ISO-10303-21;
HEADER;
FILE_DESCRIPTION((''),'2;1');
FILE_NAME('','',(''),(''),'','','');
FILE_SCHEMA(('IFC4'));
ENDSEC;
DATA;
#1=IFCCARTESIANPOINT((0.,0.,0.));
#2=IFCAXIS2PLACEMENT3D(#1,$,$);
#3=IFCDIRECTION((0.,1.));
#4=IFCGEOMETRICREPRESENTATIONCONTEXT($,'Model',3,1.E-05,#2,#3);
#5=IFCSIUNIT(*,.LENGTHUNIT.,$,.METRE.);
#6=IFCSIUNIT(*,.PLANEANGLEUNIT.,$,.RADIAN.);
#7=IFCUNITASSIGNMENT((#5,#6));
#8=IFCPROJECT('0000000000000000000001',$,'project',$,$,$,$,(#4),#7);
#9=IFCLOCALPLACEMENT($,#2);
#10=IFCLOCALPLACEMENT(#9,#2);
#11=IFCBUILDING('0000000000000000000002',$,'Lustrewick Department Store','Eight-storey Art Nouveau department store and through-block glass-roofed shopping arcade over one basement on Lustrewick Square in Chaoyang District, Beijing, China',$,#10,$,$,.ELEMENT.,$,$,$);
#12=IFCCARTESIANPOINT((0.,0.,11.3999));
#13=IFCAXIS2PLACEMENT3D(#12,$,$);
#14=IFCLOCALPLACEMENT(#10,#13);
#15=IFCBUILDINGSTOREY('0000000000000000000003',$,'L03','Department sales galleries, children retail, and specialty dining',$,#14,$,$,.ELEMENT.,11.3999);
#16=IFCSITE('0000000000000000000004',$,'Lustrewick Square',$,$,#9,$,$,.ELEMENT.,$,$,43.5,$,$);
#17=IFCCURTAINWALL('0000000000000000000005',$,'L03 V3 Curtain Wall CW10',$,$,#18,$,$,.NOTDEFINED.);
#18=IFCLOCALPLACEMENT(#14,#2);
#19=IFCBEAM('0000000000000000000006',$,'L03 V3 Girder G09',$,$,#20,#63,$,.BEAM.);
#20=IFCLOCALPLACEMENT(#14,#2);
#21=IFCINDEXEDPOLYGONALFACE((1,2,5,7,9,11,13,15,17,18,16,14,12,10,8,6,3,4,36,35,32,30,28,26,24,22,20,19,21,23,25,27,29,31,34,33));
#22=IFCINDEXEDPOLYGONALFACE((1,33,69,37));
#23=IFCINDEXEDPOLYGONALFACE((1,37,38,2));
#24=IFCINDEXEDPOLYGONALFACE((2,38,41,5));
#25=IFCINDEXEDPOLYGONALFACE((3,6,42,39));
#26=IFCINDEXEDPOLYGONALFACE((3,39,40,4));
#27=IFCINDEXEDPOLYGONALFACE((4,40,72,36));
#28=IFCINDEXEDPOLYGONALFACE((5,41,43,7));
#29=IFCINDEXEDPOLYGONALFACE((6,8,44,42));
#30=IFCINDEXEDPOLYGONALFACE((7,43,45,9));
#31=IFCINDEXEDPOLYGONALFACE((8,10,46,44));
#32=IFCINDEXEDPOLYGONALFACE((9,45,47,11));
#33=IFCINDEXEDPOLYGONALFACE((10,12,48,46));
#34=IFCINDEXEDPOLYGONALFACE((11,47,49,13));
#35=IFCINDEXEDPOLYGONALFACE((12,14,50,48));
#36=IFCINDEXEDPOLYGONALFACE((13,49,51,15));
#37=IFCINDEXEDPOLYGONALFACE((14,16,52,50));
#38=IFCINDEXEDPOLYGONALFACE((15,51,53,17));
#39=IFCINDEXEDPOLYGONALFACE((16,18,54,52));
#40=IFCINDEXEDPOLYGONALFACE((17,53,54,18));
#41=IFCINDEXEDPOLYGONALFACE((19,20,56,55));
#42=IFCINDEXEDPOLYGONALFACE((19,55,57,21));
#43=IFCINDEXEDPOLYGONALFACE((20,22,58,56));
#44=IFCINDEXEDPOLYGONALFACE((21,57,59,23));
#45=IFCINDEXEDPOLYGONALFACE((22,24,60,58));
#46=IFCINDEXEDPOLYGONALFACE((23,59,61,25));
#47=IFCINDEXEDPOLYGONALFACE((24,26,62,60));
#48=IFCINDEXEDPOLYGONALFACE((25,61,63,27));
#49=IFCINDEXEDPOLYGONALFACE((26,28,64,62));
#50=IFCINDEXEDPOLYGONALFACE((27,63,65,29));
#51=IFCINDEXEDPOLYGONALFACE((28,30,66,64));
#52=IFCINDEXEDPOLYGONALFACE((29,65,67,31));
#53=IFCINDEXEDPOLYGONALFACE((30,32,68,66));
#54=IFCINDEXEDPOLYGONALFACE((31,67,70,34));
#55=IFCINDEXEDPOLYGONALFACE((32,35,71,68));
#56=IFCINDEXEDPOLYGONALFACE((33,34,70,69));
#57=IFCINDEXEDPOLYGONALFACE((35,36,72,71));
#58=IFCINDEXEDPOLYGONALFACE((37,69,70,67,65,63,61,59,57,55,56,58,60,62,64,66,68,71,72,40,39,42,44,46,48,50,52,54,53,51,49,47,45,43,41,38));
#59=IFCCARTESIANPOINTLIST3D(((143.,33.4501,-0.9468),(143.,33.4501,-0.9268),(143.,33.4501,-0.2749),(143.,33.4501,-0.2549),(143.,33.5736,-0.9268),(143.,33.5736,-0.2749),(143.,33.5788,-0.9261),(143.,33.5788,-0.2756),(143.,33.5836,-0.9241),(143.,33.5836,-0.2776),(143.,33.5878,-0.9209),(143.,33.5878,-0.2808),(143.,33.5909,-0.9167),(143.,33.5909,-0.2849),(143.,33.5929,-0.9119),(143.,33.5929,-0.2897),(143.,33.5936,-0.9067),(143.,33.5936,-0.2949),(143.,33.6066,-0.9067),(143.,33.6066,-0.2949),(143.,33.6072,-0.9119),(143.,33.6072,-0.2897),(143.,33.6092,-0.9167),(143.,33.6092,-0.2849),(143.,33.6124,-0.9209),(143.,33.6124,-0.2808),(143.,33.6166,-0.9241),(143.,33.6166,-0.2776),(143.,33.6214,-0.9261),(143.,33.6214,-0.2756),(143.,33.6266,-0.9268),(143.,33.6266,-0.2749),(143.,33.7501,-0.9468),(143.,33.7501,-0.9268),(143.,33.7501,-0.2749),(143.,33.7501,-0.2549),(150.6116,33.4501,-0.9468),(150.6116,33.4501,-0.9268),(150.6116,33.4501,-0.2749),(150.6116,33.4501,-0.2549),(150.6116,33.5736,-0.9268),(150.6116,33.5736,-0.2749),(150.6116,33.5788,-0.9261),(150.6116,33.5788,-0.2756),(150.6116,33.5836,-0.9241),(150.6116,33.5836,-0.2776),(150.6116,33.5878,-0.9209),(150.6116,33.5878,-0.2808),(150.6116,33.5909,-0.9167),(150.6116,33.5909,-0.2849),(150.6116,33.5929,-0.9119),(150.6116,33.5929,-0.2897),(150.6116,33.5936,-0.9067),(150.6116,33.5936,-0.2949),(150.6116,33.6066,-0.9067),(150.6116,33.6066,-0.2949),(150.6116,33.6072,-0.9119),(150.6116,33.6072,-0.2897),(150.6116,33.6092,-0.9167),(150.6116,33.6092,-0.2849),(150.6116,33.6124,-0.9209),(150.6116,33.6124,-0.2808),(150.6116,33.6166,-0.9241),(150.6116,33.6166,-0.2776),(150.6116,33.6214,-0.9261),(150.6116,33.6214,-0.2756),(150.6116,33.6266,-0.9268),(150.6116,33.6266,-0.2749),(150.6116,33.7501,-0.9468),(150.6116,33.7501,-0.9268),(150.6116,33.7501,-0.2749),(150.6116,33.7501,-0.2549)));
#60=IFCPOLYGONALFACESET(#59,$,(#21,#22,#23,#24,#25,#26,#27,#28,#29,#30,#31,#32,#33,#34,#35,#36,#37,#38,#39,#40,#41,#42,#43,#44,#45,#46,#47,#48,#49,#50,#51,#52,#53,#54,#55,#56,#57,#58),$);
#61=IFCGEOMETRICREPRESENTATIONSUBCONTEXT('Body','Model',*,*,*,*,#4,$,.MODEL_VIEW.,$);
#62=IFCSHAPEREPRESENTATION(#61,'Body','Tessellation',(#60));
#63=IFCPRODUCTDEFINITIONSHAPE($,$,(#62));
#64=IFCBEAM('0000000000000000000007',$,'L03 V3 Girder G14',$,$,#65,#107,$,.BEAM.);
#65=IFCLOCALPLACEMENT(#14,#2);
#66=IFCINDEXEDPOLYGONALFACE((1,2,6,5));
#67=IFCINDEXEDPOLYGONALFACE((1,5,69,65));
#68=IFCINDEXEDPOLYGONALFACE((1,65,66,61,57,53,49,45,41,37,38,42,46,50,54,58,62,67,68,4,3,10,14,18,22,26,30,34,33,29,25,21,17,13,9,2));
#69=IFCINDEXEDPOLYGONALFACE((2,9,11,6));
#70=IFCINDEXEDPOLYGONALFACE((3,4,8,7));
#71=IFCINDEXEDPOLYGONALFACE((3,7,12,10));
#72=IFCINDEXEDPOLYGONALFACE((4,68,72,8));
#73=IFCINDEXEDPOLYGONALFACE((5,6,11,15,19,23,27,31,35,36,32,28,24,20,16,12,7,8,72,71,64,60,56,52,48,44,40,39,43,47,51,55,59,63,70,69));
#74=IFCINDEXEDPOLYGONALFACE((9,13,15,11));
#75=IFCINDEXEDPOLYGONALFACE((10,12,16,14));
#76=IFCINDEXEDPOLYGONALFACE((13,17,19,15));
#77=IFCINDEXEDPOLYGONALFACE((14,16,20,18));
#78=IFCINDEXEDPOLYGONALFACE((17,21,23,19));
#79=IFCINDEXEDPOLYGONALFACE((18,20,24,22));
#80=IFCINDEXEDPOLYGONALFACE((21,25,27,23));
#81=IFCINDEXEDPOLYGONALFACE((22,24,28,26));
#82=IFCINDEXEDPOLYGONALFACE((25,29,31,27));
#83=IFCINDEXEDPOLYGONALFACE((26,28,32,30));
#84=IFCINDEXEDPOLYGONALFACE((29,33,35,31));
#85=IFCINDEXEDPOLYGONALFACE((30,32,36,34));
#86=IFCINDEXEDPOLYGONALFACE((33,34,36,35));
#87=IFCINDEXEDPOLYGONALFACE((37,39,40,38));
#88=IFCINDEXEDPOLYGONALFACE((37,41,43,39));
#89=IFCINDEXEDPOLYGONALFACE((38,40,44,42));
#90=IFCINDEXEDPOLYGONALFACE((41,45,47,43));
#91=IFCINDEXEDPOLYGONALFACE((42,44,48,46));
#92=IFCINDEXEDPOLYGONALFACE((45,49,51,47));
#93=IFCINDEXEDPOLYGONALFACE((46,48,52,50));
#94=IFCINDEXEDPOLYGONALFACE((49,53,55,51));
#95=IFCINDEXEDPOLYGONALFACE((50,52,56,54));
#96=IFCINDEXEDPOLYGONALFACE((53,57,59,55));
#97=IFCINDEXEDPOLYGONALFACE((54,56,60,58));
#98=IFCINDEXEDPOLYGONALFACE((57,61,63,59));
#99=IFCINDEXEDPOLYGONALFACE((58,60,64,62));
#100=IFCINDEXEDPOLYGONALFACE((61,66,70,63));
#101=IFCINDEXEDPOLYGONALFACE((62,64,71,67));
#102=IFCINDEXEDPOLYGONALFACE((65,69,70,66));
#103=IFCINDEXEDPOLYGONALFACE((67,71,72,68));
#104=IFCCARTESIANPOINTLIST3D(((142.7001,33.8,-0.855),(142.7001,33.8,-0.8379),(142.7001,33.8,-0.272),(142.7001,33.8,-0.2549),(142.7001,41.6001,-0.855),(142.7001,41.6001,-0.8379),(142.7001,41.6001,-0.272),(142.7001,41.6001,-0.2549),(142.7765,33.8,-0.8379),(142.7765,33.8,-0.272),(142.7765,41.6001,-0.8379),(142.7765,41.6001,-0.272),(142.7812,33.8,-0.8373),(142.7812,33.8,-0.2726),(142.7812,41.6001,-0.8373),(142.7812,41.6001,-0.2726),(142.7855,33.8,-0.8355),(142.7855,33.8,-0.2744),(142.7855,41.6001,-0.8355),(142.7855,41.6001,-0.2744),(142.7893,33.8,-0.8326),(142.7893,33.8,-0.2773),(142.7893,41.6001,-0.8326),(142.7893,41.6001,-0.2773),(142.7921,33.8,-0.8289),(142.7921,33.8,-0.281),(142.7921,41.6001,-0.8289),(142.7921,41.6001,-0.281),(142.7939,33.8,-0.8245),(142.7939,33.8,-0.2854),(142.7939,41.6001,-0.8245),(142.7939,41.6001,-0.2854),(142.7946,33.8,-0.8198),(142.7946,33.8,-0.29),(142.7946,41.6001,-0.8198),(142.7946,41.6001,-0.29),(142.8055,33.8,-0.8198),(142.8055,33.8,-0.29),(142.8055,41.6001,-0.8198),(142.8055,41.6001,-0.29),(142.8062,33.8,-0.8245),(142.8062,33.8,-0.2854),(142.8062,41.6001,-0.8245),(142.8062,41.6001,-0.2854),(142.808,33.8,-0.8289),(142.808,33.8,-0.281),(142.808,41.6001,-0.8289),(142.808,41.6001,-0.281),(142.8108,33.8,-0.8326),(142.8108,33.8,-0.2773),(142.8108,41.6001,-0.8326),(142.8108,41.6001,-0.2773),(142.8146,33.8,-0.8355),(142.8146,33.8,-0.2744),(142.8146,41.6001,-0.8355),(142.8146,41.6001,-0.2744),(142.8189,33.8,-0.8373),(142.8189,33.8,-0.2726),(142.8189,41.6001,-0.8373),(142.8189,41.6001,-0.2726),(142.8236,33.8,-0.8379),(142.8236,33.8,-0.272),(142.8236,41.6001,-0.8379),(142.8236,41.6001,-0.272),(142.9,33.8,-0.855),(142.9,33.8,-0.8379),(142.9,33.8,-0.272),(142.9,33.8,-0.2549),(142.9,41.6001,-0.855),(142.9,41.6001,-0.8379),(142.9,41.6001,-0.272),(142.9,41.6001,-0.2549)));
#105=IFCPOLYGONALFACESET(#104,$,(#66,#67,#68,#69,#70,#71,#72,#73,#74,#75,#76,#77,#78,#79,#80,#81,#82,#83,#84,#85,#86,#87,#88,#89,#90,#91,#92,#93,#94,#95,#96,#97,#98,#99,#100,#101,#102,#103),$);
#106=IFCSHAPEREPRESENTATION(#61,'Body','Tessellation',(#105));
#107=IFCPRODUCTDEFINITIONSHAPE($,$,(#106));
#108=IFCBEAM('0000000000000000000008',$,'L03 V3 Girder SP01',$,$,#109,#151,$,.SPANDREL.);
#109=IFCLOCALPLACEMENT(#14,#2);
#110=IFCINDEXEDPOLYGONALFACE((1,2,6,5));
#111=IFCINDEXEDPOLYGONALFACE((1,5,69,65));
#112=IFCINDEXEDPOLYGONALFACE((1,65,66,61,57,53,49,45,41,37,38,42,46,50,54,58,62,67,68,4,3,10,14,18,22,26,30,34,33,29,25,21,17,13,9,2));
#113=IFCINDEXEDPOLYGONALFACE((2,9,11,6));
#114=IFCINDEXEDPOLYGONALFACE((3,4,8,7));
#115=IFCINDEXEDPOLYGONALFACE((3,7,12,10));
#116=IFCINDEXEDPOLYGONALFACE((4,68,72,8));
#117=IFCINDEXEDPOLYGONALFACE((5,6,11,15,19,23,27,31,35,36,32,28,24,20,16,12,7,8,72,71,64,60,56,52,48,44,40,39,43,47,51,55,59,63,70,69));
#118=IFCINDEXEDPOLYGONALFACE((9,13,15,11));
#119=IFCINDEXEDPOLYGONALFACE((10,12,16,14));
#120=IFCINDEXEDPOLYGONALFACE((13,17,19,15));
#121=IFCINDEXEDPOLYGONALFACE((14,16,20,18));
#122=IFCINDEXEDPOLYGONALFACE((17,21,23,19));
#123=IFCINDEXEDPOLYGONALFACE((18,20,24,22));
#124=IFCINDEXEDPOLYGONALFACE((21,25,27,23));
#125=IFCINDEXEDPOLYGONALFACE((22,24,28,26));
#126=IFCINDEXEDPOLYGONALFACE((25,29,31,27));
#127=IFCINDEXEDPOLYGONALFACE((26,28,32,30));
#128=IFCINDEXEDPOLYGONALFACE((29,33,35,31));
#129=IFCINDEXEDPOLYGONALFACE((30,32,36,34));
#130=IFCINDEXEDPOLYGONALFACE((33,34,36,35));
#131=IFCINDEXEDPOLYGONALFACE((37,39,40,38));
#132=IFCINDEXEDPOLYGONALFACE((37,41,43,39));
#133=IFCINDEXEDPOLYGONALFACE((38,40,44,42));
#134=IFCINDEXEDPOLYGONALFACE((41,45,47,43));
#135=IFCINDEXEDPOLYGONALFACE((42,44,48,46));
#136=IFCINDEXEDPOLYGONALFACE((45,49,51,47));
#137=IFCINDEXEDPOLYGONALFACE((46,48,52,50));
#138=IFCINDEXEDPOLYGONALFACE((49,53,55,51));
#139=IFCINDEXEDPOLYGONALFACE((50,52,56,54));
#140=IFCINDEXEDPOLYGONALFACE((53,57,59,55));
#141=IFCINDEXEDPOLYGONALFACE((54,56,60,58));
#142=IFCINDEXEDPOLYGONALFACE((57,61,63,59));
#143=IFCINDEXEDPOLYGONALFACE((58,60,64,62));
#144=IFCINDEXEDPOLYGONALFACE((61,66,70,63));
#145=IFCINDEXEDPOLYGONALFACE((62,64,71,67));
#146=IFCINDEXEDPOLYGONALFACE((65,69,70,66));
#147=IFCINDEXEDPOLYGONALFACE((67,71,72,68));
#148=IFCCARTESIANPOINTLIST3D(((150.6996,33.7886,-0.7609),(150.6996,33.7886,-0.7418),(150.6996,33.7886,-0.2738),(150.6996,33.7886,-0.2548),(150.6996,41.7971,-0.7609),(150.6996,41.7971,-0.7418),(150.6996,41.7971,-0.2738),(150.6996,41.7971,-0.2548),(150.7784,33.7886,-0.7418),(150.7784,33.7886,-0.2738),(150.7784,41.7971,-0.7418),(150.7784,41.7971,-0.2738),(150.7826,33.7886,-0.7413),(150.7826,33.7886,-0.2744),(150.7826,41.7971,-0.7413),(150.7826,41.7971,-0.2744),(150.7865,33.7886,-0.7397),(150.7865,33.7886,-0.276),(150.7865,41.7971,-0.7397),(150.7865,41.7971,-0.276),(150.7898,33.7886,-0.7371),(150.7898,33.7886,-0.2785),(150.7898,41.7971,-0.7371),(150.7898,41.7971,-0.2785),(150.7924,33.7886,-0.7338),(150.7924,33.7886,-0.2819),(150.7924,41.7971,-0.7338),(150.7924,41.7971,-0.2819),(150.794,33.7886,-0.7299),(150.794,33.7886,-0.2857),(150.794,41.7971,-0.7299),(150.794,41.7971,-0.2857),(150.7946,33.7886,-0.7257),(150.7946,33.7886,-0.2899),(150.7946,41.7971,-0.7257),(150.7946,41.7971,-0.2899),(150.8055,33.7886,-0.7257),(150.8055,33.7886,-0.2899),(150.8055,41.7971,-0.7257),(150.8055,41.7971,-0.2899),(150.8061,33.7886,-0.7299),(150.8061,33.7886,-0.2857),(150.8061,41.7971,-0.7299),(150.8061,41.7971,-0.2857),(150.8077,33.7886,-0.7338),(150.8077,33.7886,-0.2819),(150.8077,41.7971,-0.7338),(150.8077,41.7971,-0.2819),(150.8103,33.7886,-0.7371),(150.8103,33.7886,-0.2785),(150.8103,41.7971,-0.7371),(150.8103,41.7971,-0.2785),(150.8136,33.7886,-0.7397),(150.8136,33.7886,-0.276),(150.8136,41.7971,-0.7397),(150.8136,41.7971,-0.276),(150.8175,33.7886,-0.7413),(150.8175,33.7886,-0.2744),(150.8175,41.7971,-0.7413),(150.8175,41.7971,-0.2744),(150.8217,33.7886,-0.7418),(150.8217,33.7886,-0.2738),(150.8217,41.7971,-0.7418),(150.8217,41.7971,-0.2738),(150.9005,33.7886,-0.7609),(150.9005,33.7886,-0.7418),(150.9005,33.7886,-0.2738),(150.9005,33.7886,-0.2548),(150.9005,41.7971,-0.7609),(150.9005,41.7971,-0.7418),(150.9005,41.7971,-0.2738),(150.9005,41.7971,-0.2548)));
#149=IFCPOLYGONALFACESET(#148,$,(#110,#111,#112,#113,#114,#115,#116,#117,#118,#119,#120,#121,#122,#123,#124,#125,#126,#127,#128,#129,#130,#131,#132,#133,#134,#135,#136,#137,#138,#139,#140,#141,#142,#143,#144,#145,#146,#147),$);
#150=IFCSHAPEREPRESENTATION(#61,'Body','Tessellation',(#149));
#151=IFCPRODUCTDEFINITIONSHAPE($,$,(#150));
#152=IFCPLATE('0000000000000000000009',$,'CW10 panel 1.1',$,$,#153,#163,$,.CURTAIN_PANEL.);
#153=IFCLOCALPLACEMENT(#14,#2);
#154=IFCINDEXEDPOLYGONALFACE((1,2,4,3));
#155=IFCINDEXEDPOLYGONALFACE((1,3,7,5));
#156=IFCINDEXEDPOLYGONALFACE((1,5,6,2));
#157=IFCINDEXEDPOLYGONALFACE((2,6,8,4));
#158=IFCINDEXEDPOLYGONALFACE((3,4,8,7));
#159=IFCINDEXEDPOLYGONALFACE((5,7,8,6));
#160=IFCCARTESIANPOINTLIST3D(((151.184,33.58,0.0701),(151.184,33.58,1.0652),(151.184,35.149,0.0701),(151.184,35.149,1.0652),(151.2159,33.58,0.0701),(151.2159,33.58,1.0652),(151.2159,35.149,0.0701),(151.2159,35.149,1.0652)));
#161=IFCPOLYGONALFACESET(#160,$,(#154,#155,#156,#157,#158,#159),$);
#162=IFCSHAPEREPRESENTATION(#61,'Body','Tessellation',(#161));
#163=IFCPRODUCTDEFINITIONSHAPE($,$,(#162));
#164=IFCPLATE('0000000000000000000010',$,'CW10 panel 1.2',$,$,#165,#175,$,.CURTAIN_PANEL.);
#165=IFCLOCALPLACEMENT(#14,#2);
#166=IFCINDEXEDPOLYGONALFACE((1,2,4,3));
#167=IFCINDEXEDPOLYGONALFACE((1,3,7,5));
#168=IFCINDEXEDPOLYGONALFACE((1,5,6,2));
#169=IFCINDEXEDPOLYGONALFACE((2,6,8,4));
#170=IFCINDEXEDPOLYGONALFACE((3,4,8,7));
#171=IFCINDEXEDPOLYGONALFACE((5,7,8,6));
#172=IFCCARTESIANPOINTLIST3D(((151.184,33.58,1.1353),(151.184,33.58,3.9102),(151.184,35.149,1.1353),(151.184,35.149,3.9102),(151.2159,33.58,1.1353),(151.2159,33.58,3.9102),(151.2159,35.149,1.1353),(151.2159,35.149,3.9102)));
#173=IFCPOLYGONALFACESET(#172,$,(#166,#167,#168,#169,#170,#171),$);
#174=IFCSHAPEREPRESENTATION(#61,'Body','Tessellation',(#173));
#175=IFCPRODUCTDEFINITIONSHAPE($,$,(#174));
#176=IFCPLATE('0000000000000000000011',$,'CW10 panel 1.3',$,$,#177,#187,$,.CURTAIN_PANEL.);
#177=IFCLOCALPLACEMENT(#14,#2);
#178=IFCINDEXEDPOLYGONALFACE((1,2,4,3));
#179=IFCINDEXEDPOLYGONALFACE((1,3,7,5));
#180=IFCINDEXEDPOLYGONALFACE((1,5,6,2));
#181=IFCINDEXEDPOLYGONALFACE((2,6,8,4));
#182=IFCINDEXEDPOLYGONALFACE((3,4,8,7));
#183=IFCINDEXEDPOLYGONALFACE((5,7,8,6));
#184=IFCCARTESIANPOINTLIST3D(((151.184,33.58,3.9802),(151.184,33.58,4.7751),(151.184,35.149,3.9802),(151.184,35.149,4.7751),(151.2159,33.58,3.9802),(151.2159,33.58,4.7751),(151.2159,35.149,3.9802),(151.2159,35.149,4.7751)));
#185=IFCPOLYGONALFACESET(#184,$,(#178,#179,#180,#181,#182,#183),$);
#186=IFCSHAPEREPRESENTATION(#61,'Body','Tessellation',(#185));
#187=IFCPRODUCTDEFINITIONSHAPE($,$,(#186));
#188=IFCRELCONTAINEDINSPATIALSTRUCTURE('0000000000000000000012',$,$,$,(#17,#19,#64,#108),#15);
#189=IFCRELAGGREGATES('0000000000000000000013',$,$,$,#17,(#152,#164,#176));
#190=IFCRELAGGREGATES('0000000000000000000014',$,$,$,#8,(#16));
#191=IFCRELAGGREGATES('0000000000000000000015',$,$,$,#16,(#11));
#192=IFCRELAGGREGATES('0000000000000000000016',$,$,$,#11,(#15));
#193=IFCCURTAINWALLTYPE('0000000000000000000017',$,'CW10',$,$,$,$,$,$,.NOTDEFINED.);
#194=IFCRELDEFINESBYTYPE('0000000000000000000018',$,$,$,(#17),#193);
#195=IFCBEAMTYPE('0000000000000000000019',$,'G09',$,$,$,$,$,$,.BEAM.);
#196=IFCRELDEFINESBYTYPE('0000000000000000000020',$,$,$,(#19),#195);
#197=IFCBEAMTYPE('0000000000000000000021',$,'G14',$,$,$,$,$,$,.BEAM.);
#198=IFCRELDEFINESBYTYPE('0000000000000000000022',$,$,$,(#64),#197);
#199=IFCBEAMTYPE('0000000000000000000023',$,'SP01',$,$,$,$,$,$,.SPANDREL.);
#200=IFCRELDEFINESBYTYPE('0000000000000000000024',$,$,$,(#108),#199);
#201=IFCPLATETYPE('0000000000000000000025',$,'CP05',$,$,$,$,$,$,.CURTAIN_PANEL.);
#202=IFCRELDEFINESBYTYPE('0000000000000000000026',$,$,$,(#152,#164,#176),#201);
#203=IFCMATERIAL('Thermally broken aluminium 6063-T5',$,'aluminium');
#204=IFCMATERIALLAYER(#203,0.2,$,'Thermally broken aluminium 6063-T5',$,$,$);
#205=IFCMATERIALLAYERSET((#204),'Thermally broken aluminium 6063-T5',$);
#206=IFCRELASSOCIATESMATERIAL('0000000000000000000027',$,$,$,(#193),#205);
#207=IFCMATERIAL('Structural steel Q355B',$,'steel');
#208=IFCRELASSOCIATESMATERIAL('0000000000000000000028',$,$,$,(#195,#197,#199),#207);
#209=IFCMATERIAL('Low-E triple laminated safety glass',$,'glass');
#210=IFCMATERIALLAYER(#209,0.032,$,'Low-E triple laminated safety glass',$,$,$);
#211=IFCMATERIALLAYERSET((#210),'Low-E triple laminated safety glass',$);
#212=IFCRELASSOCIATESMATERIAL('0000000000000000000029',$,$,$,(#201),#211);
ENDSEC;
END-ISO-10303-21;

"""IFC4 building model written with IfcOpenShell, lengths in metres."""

from ifc_helpers import new_model, si_unit, direction, frame, origin, origin_2d, place, context, subcontext, project, spatial, rectangle, i_section, extrude, material, layer, layer_set, material_profile, profile_set, type_object, element, aggregate, save


model = new_model("IFC4")

# Units and contexts
model_context = context("Model", 3, precision=1e-05, world=origin(), true_north=direction((0.0, 1.0)))
body_context = subcontext(model_context, "Body", "Model", "MODEL_VIEW")
ifc_project = project(units=[si_unit("LENGTHUNIT", "METRE"), si_unit("PLANEANGLEUNIT", "RADIAN")], contexts=[model_context])

# Site, building, storey
site_placement = place(None, origin())
site = spatial("IfcSite", under=ifc_project, at=site_placement, Name="Lustrewick Square", CompositionType="ELEMENT", RefElevation=43.5)
building_placement = place(site_placement, origin())
building = spatial("IfcBuilding", under=site, at=building_placement, Name="Lustrewick Department Store", Description="Eight-storey Art Nouveau department store and through-block glass-roofed shopping arcade over one basement on Lustrewick Square in Chaoyang District, Beijing, China", CompositionType="ELEMENT")
storey_placement = place(building_placement, frame((0.0, 0.0, 11.3999)))
storey = spatial("IfcBuildingStorey", under=building, at=storey_placement, Name="L03", Description="Department sales galleries, children retail, and specialty dining", CompositionType="ELEMENT", Elevation=11.3999)

# Shared definitions
ifc_material_1 = material(Name="Structural steel Q355B", Category="steel")

# Curtain wall
ifc_material_2 = material(Name="Thermally broken aluminium 6063-T5", Category="aluminium")
ifc_layer_1 = layer(ifc_material_2, 0.2, Name="Thermally broken aluminium 6063-T5")
ifc_layer_set_1 = layer_set([ifc_layer_1], Name="Thermally broken aluminium 6063-T5")
curtain_wall_type = type_object("IfcCurtainWallType", Name="CW10", PredefinedType="NOTDEFINED", material=ifc_layer_set_1)
curtain_wall_placement = place(storey_placement, origin())
curtain_wall = element("IfcCurtainWall", 1, at=curtain_wall_placement, inside=storey, type_object=curtain_wall_type, Name="L03 V3 Curtain Wall CW10", PredefinedType="NOTDEFINED")

# Beams
ifc_material_profile_1 = material_profile(ifc_material_1, i_section(OverallWidth=0.3, OverallDepth=0.6919, WebThickness=0.0129, FlangeThickness=0.02, FilletRadius=0.02, at=origin_2d()), Name="HN 692x300x13x20")
ifc_profile_set_1 = profile_set([ifc_material_profile_1], Name="Structural steel Q355B")
beam_type_1 = type_object("IfcBeamType", Name="G09", PredefinedType="BEAM", material=ifc_profile_set_1)
beam_1_placement = place(storey_placement, frame((143.0, 33.6001, -0.6008), z_axis=(1.0, 0.0, 0.0), x_axis=(0.0, 1.0, 0.0)))
element("IfcBeam", 2, at=beam_1_placement, inside=storey, type_object=beam_type_1, Name="L03 V3 Girder G09", PredefinedType="BEAM", context=body_context, shape_type="SweptSolid", body=[
    extrude(i_section(OverallWidth=0.3, OverallDepth=0.6919, WebThickness=0.0129, FlangeThickness=0.02, FilletRadius=0.02, at=origin_2d()), origin(), (0.0, 0.0, 1.0), 7.6116),
])
ifc_material_profile_2 = material_profile(ifc_material_1, i_section(OverallWidth=0.2, OverallDepth=0.6001, WebThickness=0.011, FlangeThickness=0.0171, FilletRadius=0.0181, at=origin_2d()), Name="HN 600x200x11x17")
ifc_profile_set_2 = profile_set([ifc_material_profile_2], Name="Structural steel Q355B")
beam_type_2 = type_object("IfcBeamType", Name="G14", PredefinedType="BEAM", material=ifc_profile_set_2)
beam_2_placement = place(storey_placement, frame((142.8, 33.8, -0.5549), z_axis=(0.0, 1.0, 0.0), x_axis=(-1.0, 0.0, 0.0)))
element("IfcBeam", 3, at=beam_2_placement, inside=storey, type_object=beam_type_2, Name="L03 V3 Girder G14", PredefinedType="BEAM", context=body_context, shape_type="SweptSolid", body=[
    extrude(i_section(OverallWidth=0.2, OverallDepth=0.6001, WebThickness=0.011, FlangeThickness=0.0171, FilletRadius=0.0181, at=origin_2d()), origin(), (0.0, 0.0, 1.0), 7.8),
])
ifc_material_profile_3 = material_profile(ifc_material_1, i_section(OverallWidth=0.2009, OverallDepth=0.5061, WebThickness=0.011, FlangeThickness=0.019, FilletRadius=0.0161, at=origin_2d()), Name="HN 506x201x11x19")
ifc_profile_set_3 = profile_set([ifc_material_profile_3], Name="Structural steel Q355B")
beam_type_3 = type_object("IfcBeamType", Name="SP01", PredefinedType="SPANDREL", material=ifc_profile_set_3)
beam_3_placement = place(storey_placement, frame((150.8, 33.7886, -0.5078), z_axis=(0.0, 1.0, 0.0), x_axis=(-1.0, 0.0, 0.0)))
element("IfcBeam", 4, at=beam_3_placement, inside=storey, type_object=beam_type_3, Name="L03 V3 Girder SP01", PredefinedType="SPANDREL", context=body_context, shape_type="SweptSolid", body=[
    extrude(i_section(OverallWidth=0.2009, OverallDepth=0.5061, WebThickness=0.011, FlangeThickness=0.019, FilletRadius=0.0161, at=origin_2d()), origin(), (0.0, 0.0, 1.0), 8.0085),
])

# Plates
ifc_material_3 = material(Name="Low-E triple laminated safety glass", Category="glass")
ifc_layer_2 = layer(ifc_material_3, 0.032, Name="Low-E triple laminated safety glass")
ifc_layer_set_2 = layer_set([ifc_layer_2], Name="Low-E triple laminated safety glass")
plate_type = type_object("IfcPlateType", Name="CP05", PredefinedType="CURTAIN_PANEL", material=ifc_layer_set_2)
plate_1_placement = place(storey_placement, frame((151.2, 34.3645, 0.0701), z_axis=(0.0, 0.0, 1.0), x_axis=(0.0, 1.0, 0.0)))
plate_1 = element("IfcPlate", 5, at=plate_1_placement, type_object=plate_type, Name="CW10 panel 1.1", PredefinedType="CURTAIN_PANEL", context=body_context, shape_type="SweptSolid", body=[
    extrude(rectangle(XDim=1.5691, YDim=0.032, at=origin_2d()), origin(), (0.0, 0.0, 1.0), 0.9951),
])
plate_2_placement = place(storey_placement, frame((151.2, 34.3645, 1.1353), z_axis=(0.0, 0.0, 1.0), x_axis=(0.0, 1.0, 0.0)))
plate_2 = element("IfcPlate", 6, at=plate_2_placement, type_object=plate_type, Name="CW10 panel 1.2", PredefinedType="CURTAIN_PANEL", context=body_context, shape_type="SweptSolid", body=[
    extrude(rectangle(XDim=1.5691, YDim=0.032, at=origin_2d()), origin(), (0.0, 0.0, 1.0), 2.7749),
])
plate_3_placement = place(storey_placement, frame((151.2, 34.3645, 3.9802), z_axis=(0.0, 0.0, 1.0), x_axis=(0.0, 1.0, 0.0)))
plate_3 = element("IfcPlate", 7, at=plate_3_placement, type_object=plate_type, Name="CW10 panel 1.3", PredefinedType="CURTAIN_PANEL", context=body_context, shape_type="SweptSolid", body=[
    extrude(rectangle(XDim=1.5691, YDim=0.032, at=origin_2d()), origin(), (0.0, 0.0, 1.0), 0.7949),
])
aggregate(curtain_wall, [plate_1, plate_2, plate_3])

save(model, "model.ifc")
